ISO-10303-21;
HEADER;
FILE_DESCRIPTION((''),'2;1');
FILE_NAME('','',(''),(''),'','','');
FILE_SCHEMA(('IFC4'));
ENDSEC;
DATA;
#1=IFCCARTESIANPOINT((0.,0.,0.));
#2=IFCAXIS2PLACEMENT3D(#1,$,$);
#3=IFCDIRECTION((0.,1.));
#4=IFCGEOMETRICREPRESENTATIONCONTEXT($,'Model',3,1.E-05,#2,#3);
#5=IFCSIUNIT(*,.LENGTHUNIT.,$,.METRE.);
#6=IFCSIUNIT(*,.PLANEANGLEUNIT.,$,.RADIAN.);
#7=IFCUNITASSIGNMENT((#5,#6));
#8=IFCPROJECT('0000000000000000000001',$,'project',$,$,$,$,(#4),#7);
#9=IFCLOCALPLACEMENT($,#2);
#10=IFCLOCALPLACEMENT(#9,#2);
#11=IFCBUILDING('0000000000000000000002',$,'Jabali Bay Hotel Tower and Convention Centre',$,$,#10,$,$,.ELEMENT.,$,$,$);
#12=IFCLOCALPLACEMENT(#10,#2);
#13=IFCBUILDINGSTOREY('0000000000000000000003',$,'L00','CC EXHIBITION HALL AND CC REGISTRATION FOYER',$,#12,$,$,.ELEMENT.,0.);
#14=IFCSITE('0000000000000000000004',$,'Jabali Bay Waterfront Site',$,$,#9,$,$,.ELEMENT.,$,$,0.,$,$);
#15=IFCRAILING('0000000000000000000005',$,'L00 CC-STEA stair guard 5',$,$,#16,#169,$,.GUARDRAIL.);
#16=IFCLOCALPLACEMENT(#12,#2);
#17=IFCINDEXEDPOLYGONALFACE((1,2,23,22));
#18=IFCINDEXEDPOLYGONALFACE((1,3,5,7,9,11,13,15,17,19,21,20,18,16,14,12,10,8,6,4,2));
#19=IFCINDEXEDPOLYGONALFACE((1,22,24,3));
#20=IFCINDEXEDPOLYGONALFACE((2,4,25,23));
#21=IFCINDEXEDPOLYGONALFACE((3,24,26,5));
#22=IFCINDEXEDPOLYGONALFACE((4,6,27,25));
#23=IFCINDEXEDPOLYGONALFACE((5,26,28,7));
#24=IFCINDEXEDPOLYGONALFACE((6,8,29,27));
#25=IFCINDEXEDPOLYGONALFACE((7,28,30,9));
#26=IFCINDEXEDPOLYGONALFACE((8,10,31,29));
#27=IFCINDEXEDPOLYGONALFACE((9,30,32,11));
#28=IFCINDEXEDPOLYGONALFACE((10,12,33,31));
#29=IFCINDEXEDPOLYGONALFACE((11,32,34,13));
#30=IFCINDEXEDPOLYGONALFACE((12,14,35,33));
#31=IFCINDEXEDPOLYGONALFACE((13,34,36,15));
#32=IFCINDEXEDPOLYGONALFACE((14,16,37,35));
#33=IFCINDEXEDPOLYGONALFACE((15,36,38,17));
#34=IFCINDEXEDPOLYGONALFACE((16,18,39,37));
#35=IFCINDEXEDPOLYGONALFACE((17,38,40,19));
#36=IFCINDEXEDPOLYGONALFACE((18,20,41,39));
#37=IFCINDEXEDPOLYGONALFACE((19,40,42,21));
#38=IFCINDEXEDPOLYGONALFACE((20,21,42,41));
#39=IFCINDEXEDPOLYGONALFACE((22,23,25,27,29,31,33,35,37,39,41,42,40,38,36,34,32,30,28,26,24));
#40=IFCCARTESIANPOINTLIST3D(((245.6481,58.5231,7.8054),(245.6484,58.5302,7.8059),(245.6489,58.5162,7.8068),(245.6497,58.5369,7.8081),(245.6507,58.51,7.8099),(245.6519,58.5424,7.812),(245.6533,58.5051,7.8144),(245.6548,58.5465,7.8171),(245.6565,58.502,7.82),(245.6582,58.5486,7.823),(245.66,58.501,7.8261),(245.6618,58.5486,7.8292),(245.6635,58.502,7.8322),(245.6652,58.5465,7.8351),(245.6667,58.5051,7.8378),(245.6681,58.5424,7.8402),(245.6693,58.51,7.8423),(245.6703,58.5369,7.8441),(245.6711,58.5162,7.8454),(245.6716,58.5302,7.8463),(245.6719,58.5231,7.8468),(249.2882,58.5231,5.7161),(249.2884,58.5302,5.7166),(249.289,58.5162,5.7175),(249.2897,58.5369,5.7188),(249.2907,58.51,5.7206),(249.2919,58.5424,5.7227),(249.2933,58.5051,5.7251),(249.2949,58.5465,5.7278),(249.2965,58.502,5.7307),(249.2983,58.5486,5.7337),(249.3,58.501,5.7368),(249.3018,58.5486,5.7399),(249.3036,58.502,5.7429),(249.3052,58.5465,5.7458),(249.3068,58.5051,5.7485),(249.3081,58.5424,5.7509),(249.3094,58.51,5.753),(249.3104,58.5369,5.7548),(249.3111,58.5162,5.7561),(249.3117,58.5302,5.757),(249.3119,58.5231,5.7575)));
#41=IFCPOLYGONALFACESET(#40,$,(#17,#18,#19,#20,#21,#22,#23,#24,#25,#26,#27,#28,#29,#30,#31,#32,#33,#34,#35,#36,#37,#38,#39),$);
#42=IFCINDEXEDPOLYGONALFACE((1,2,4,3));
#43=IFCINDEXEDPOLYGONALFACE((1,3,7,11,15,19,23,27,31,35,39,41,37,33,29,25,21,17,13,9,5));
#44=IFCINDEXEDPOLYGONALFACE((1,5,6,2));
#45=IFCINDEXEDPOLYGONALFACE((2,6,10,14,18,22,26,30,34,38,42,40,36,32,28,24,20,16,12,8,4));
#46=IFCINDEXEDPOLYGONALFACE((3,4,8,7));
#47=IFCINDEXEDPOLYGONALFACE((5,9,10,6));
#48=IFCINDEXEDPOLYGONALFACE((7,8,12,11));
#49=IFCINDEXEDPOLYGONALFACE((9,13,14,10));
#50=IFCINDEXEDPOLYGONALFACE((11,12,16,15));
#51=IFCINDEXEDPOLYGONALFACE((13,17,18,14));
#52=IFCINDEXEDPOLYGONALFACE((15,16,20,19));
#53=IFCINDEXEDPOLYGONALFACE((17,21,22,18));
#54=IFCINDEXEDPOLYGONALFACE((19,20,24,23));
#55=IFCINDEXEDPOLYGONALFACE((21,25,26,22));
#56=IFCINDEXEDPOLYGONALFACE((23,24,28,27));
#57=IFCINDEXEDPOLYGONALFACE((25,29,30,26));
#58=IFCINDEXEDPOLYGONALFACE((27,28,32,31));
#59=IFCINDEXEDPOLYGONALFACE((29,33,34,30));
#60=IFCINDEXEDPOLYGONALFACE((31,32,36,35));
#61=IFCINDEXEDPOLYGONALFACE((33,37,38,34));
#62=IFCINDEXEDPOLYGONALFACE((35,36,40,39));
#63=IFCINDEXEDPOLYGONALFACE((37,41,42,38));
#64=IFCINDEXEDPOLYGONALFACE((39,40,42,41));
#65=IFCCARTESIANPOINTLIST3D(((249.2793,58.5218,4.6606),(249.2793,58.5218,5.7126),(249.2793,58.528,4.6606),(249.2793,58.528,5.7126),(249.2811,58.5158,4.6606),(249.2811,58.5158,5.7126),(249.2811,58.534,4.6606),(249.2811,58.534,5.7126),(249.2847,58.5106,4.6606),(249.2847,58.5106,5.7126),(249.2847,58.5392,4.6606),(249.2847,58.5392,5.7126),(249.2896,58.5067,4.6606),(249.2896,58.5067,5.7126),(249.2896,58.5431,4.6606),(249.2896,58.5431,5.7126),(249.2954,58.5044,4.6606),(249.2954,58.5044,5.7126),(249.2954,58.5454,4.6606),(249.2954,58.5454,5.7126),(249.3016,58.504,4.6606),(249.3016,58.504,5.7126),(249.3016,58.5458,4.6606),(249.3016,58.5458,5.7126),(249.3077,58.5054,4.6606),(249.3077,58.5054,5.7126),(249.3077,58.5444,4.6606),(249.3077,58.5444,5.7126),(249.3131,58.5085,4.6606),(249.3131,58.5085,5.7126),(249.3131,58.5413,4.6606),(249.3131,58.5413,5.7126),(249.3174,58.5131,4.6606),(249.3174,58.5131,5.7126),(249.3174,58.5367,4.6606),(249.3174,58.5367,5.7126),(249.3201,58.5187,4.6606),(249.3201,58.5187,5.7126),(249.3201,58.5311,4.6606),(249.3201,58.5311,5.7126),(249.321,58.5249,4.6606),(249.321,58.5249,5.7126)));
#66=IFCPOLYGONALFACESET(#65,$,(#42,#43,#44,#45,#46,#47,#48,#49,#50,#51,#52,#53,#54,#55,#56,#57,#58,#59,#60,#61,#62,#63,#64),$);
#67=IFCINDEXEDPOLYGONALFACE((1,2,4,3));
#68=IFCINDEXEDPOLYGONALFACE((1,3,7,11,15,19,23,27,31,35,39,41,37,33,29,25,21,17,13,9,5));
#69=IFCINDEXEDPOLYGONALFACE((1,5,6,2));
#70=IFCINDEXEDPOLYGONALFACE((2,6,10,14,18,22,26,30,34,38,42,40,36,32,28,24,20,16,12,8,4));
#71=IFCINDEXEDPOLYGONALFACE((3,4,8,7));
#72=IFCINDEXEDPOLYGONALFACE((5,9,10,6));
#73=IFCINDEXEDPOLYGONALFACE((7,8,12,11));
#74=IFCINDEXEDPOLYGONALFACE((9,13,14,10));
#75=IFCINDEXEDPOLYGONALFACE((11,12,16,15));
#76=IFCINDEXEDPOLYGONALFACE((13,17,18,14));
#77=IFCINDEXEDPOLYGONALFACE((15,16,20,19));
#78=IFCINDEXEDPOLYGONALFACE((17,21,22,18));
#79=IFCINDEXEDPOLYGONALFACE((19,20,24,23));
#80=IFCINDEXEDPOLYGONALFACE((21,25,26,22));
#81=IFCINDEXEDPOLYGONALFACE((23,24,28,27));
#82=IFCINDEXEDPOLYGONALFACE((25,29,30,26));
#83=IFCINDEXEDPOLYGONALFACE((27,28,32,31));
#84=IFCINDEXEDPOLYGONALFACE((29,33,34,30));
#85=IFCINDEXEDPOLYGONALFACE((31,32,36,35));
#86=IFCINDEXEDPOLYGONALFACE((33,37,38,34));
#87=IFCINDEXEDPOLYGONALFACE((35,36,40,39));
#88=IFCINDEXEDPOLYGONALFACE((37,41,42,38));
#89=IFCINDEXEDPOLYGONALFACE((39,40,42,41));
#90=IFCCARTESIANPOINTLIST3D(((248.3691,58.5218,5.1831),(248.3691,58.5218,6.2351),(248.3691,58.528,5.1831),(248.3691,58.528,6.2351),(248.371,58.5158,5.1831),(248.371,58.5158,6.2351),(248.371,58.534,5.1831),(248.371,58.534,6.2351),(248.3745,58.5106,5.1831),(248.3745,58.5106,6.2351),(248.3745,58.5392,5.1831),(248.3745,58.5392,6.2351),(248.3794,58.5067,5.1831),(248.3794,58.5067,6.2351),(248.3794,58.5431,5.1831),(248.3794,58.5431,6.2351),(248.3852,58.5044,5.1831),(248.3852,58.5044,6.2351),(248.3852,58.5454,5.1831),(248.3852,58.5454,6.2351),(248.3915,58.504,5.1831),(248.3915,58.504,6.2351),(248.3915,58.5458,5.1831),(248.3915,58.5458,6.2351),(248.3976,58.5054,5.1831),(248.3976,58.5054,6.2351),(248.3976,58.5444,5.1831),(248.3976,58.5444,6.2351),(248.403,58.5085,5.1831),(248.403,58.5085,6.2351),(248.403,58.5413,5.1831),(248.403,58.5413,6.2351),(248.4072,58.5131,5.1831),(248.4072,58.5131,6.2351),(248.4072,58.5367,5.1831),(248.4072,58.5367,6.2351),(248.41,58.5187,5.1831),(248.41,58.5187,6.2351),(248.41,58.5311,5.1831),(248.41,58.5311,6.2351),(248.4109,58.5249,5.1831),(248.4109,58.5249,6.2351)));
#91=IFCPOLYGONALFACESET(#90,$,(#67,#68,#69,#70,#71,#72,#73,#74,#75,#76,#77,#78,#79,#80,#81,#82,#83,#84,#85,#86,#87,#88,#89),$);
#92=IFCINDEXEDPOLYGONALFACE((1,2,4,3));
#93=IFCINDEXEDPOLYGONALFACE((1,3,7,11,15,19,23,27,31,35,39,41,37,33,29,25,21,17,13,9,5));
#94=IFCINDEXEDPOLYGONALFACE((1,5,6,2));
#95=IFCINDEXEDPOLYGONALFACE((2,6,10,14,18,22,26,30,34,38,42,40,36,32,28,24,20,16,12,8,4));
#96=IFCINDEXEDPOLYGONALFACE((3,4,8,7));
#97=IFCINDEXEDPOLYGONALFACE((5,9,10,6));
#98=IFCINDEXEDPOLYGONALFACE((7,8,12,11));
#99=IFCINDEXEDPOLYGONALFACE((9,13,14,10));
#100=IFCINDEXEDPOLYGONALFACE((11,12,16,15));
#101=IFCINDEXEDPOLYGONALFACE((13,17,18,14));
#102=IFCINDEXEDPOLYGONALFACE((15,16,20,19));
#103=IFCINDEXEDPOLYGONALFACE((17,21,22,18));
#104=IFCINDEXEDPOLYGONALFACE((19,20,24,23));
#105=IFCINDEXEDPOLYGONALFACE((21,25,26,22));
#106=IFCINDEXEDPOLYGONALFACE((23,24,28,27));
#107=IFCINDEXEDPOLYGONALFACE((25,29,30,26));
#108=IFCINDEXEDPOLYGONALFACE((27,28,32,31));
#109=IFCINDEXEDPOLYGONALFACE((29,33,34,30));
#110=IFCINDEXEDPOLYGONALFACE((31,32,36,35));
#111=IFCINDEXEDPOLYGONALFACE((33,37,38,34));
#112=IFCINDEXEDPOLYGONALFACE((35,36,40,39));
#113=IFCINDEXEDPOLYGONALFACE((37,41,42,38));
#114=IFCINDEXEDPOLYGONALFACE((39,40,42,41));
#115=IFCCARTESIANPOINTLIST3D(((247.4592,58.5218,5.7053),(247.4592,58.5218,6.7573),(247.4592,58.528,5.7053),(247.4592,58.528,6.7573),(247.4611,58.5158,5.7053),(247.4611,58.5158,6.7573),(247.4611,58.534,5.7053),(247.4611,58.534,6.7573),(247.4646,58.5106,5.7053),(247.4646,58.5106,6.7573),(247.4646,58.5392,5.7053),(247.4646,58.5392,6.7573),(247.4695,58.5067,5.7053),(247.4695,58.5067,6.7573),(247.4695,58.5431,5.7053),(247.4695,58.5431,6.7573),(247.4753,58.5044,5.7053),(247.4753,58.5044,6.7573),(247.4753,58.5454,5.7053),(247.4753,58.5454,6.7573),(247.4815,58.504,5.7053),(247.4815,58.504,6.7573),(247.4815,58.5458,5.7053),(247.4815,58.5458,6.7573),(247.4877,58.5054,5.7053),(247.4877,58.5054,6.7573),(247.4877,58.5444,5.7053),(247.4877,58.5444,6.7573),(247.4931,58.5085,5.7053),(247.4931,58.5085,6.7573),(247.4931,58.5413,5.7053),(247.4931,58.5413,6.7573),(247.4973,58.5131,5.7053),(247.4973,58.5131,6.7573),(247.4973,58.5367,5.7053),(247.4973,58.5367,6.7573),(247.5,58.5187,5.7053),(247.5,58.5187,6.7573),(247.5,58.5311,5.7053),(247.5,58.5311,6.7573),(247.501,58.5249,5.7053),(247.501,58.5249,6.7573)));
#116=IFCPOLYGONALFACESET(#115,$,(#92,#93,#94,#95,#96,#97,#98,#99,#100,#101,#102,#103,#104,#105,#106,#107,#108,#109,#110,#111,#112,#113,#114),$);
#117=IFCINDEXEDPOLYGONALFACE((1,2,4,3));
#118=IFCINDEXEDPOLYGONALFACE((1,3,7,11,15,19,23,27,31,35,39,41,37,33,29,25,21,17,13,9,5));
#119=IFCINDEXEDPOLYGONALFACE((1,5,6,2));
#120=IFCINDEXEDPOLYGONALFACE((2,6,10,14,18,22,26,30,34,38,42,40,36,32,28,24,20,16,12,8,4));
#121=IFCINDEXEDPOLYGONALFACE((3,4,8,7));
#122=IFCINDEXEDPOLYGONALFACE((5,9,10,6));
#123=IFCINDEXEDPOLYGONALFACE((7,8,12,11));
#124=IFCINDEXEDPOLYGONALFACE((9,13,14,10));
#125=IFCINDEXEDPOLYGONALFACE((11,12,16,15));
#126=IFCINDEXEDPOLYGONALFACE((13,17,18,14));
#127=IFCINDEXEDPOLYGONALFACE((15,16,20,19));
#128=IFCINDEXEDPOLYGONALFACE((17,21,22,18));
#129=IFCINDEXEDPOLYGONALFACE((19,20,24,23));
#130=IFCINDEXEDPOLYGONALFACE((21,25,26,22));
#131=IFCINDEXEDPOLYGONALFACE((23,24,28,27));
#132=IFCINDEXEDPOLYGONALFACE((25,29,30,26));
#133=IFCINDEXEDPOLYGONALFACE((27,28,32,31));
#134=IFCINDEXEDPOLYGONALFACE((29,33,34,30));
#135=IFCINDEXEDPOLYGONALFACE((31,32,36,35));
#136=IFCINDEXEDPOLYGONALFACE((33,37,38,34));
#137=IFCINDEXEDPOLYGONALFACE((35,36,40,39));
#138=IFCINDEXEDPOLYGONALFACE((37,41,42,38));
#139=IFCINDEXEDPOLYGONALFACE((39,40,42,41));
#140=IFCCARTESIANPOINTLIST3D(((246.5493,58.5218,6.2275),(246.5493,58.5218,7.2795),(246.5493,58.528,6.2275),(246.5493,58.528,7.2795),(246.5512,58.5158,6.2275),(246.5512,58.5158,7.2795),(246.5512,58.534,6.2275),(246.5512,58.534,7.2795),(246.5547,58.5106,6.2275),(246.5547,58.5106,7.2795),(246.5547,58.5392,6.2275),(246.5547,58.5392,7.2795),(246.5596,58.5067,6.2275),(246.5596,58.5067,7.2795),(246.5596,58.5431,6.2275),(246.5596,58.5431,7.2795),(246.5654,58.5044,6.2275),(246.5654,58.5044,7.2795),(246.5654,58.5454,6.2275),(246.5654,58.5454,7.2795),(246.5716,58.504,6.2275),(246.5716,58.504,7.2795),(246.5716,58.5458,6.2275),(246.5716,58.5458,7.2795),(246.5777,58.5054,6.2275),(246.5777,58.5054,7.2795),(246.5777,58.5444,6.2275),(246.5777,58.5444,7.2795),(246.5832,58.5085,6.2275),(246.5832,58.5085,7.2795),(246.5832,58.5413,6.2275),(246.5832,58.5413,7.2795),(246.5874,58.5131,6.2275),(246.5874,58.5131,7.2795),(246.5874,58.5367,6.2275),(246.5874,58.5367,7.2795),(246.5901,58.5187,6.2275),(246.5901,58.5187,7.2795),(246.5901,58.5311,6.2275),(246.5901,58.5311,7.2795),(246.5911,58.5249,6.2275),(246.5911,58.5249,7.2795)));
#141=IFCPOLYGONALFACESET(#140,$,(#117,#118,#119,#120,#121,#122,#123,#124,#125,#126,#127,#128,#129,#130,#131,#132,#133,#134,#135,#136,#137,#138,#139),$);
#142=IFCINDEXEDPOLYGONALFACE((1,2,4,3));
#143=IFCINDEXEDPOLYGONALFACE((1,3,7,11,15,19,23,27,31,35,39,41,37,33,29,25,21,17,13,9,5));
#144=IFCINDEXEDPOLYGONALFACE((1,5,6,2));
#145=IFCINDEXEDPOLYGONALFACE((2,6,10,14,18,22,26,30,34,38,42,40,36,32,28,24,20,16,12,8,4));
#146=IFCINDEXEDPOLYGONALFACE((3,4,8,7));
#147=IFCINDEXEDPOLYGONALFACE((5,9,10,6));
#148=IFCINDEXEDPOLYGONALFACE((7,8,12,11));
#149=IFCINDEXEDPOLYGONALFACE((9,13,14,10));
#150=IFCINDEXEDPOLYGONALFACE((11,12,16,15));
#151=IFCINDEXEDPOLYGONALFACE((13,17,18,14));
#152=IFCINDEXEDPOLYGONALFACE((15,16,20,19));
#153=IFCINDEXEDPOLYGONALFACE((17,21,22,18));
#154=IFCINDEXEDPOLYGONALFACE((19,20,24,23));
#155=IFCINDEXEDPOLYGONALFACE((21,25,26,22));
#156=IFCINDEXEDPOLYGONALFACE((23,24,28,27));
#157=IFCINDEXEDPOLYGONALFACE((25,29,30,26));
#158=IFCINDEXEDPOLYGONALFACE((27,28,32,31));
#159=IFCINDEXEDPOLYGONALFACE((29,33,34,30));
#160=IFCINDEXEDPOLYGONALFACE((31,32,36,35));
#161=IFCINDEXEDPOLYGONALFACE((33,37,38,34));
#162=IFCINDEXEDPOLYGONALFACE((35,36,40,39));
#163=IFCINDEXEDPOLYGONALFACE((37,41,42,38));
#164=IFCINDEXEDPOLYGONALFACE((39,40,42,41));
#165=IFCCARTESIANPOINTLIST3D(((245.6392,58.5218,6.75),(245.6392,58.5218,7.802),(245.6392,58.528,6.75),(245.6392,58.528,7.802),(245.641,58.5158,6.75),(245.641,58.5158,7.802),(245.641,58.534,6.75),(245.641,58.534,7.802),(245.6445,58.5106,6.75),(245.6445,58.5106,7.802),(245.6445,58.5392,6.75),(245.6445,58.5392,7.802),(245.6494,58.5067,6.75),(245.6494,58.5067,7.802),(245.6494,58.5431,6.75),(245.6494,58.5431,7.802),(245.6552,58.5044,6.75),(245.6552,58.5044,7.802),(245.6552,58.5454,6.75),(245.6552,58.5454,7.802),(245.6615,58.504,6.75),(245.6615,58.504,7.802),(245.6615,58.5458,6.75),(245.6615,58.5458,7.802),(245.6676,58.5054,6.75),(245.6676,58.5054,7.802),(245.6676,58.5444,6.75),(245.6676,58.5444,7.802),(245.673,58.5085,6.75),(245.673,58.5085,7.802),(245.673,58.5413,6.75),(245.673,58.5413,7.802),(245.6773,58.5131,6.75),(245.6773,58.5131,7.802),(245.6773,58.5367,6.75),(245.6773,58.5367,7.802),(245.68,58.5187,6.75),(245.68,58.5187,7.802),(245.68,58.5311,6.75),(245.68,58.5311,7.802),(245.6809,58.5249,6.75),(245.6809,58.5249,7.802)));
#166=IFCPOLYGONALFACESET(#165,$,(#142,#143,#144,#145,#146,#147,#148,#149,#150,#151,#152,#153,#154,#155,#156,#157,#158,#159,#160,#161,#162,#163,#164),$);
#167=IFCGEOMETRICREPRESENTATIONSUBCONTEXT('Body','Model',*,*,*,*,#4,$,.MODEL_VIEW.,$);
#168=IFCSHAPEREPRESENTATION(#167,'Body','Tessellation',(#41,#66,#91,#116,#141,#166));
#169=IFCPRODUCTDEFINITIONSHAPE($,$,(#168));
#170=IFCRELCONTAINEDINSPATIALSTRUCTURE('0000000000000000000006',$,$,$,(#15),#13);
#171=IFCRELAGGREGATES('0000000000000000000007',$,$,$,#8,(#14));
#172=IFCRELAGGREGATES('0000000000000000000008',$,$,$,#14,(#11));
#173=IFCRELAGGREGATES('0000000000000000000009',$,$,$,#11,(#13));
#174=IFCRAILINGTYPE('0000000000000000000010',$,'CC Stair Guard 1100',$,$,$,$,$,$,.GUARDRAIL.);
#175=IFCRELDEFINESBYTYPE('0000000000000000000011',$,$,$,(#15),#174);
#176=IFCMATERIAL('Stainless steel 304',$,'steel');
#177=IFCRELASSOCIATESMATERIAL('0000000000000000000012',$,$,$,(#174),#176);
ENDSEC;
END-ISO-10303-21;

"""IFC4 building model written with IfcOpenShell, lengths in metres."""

from ifc_helpers import new_model, si_unit, direction, frame, origin, origin_2d, place, context, subcontext, project, spatial, circle, extrude, material, type_object, element, save


model = new_model("IFC4")

# Units and contexts
model_context = context("Model", 3, precision=1e-05, world=origin(), true_north=direction((0.0, 1.0)))
body_context = subcontext(model_context, "Body", "Model", "MODEL_VIEW")
ifc_project = project(units=[si_unit("LENGTHUNIT", "METRE"), si_unit("PLANEANGLEUNIT", "RADIAN")], contexts=[model_context])

# Site, building, storey
site_placement = place(None, origin())
site = spatial("IfcSite", under=ifc_project, at=site_placement, Name="Jabali Bay Waterfront Site", CompositionType="ELEMENT", RefElevation=0.0)
building_placement = place(site_placement, origin())
building = spatial("IfcBuilding", under=site, at=building_placement, Name="Jabali Bay Hotel Tower and Convention Centre", CompositionType="ELEMENT")
storey_placement = place(building_placement, origin())
storey = spatial("IfcBuildingStorey", under=building, at=storey_placement, Name="L00", Description="CC EXHIBITION HALL AND CC REGISTRATION FOYER", CompositionType="ELEMENT", Elevation=0.0)

# Railing
ifc_material_1 = material(Name="Stainless steel 304", Category="steel")
railing_type_1 = type_object("IfcRailingType", Name="CC Stair Guard 1100", PredefinedType="GUARDRAIL", material=ifc_material_1)
railing_1_placement = place(storey_placement, frame((249.3, 58.5249, 4.6606)))
element("IfcRailing", 1, at=railing_1_placement, inside=storey, type_object=railing_type_1, Name="L00 CC-STEA stair guard 5", PredefinedType="GUARDRAIL", context=body_context, shape_type="SweptSolid", body=[
    extrude(circle(Radius=0.0239, at=origin_2d()), frame((0.0, 0.0, 1.0762), z_axis=(-0.867289, 0.0, 0.497804), x_axis=(0.0, -1.0, 0.0)), (0.0, 0.0, 1.0), 4.197),
    extrude(circle(Radius=0.021, at=origin_2d()), origin(), (0.0, 0.0, 1.0), 1.052),
    extrude(circle(Radius=0.021, at=origin_2d()), frame((-0.9102, 0.0, 0.5225)), (0.0, 0.0, 1.0), 1.052),
    extrude(circle(Radius=0.021, at=origin_2d()), frame((-1.8201, 0.0, 1.0447)), (0.0, 0.0, 1.0), 1.052),
    extrude(circle(Radius=0.021, at=origin_2d()), frame((-2.73, 0.0, 1.5669)), (0.0, 0.0, 1.0), 1.052),
    extrude(circle(Radius=0.021, at=origin_2d()), frame((-3.6401, 0.0, 2.0894)), (0.0, 0.0, 1.0), 1.052),
])

save(model, "model.ifc")
